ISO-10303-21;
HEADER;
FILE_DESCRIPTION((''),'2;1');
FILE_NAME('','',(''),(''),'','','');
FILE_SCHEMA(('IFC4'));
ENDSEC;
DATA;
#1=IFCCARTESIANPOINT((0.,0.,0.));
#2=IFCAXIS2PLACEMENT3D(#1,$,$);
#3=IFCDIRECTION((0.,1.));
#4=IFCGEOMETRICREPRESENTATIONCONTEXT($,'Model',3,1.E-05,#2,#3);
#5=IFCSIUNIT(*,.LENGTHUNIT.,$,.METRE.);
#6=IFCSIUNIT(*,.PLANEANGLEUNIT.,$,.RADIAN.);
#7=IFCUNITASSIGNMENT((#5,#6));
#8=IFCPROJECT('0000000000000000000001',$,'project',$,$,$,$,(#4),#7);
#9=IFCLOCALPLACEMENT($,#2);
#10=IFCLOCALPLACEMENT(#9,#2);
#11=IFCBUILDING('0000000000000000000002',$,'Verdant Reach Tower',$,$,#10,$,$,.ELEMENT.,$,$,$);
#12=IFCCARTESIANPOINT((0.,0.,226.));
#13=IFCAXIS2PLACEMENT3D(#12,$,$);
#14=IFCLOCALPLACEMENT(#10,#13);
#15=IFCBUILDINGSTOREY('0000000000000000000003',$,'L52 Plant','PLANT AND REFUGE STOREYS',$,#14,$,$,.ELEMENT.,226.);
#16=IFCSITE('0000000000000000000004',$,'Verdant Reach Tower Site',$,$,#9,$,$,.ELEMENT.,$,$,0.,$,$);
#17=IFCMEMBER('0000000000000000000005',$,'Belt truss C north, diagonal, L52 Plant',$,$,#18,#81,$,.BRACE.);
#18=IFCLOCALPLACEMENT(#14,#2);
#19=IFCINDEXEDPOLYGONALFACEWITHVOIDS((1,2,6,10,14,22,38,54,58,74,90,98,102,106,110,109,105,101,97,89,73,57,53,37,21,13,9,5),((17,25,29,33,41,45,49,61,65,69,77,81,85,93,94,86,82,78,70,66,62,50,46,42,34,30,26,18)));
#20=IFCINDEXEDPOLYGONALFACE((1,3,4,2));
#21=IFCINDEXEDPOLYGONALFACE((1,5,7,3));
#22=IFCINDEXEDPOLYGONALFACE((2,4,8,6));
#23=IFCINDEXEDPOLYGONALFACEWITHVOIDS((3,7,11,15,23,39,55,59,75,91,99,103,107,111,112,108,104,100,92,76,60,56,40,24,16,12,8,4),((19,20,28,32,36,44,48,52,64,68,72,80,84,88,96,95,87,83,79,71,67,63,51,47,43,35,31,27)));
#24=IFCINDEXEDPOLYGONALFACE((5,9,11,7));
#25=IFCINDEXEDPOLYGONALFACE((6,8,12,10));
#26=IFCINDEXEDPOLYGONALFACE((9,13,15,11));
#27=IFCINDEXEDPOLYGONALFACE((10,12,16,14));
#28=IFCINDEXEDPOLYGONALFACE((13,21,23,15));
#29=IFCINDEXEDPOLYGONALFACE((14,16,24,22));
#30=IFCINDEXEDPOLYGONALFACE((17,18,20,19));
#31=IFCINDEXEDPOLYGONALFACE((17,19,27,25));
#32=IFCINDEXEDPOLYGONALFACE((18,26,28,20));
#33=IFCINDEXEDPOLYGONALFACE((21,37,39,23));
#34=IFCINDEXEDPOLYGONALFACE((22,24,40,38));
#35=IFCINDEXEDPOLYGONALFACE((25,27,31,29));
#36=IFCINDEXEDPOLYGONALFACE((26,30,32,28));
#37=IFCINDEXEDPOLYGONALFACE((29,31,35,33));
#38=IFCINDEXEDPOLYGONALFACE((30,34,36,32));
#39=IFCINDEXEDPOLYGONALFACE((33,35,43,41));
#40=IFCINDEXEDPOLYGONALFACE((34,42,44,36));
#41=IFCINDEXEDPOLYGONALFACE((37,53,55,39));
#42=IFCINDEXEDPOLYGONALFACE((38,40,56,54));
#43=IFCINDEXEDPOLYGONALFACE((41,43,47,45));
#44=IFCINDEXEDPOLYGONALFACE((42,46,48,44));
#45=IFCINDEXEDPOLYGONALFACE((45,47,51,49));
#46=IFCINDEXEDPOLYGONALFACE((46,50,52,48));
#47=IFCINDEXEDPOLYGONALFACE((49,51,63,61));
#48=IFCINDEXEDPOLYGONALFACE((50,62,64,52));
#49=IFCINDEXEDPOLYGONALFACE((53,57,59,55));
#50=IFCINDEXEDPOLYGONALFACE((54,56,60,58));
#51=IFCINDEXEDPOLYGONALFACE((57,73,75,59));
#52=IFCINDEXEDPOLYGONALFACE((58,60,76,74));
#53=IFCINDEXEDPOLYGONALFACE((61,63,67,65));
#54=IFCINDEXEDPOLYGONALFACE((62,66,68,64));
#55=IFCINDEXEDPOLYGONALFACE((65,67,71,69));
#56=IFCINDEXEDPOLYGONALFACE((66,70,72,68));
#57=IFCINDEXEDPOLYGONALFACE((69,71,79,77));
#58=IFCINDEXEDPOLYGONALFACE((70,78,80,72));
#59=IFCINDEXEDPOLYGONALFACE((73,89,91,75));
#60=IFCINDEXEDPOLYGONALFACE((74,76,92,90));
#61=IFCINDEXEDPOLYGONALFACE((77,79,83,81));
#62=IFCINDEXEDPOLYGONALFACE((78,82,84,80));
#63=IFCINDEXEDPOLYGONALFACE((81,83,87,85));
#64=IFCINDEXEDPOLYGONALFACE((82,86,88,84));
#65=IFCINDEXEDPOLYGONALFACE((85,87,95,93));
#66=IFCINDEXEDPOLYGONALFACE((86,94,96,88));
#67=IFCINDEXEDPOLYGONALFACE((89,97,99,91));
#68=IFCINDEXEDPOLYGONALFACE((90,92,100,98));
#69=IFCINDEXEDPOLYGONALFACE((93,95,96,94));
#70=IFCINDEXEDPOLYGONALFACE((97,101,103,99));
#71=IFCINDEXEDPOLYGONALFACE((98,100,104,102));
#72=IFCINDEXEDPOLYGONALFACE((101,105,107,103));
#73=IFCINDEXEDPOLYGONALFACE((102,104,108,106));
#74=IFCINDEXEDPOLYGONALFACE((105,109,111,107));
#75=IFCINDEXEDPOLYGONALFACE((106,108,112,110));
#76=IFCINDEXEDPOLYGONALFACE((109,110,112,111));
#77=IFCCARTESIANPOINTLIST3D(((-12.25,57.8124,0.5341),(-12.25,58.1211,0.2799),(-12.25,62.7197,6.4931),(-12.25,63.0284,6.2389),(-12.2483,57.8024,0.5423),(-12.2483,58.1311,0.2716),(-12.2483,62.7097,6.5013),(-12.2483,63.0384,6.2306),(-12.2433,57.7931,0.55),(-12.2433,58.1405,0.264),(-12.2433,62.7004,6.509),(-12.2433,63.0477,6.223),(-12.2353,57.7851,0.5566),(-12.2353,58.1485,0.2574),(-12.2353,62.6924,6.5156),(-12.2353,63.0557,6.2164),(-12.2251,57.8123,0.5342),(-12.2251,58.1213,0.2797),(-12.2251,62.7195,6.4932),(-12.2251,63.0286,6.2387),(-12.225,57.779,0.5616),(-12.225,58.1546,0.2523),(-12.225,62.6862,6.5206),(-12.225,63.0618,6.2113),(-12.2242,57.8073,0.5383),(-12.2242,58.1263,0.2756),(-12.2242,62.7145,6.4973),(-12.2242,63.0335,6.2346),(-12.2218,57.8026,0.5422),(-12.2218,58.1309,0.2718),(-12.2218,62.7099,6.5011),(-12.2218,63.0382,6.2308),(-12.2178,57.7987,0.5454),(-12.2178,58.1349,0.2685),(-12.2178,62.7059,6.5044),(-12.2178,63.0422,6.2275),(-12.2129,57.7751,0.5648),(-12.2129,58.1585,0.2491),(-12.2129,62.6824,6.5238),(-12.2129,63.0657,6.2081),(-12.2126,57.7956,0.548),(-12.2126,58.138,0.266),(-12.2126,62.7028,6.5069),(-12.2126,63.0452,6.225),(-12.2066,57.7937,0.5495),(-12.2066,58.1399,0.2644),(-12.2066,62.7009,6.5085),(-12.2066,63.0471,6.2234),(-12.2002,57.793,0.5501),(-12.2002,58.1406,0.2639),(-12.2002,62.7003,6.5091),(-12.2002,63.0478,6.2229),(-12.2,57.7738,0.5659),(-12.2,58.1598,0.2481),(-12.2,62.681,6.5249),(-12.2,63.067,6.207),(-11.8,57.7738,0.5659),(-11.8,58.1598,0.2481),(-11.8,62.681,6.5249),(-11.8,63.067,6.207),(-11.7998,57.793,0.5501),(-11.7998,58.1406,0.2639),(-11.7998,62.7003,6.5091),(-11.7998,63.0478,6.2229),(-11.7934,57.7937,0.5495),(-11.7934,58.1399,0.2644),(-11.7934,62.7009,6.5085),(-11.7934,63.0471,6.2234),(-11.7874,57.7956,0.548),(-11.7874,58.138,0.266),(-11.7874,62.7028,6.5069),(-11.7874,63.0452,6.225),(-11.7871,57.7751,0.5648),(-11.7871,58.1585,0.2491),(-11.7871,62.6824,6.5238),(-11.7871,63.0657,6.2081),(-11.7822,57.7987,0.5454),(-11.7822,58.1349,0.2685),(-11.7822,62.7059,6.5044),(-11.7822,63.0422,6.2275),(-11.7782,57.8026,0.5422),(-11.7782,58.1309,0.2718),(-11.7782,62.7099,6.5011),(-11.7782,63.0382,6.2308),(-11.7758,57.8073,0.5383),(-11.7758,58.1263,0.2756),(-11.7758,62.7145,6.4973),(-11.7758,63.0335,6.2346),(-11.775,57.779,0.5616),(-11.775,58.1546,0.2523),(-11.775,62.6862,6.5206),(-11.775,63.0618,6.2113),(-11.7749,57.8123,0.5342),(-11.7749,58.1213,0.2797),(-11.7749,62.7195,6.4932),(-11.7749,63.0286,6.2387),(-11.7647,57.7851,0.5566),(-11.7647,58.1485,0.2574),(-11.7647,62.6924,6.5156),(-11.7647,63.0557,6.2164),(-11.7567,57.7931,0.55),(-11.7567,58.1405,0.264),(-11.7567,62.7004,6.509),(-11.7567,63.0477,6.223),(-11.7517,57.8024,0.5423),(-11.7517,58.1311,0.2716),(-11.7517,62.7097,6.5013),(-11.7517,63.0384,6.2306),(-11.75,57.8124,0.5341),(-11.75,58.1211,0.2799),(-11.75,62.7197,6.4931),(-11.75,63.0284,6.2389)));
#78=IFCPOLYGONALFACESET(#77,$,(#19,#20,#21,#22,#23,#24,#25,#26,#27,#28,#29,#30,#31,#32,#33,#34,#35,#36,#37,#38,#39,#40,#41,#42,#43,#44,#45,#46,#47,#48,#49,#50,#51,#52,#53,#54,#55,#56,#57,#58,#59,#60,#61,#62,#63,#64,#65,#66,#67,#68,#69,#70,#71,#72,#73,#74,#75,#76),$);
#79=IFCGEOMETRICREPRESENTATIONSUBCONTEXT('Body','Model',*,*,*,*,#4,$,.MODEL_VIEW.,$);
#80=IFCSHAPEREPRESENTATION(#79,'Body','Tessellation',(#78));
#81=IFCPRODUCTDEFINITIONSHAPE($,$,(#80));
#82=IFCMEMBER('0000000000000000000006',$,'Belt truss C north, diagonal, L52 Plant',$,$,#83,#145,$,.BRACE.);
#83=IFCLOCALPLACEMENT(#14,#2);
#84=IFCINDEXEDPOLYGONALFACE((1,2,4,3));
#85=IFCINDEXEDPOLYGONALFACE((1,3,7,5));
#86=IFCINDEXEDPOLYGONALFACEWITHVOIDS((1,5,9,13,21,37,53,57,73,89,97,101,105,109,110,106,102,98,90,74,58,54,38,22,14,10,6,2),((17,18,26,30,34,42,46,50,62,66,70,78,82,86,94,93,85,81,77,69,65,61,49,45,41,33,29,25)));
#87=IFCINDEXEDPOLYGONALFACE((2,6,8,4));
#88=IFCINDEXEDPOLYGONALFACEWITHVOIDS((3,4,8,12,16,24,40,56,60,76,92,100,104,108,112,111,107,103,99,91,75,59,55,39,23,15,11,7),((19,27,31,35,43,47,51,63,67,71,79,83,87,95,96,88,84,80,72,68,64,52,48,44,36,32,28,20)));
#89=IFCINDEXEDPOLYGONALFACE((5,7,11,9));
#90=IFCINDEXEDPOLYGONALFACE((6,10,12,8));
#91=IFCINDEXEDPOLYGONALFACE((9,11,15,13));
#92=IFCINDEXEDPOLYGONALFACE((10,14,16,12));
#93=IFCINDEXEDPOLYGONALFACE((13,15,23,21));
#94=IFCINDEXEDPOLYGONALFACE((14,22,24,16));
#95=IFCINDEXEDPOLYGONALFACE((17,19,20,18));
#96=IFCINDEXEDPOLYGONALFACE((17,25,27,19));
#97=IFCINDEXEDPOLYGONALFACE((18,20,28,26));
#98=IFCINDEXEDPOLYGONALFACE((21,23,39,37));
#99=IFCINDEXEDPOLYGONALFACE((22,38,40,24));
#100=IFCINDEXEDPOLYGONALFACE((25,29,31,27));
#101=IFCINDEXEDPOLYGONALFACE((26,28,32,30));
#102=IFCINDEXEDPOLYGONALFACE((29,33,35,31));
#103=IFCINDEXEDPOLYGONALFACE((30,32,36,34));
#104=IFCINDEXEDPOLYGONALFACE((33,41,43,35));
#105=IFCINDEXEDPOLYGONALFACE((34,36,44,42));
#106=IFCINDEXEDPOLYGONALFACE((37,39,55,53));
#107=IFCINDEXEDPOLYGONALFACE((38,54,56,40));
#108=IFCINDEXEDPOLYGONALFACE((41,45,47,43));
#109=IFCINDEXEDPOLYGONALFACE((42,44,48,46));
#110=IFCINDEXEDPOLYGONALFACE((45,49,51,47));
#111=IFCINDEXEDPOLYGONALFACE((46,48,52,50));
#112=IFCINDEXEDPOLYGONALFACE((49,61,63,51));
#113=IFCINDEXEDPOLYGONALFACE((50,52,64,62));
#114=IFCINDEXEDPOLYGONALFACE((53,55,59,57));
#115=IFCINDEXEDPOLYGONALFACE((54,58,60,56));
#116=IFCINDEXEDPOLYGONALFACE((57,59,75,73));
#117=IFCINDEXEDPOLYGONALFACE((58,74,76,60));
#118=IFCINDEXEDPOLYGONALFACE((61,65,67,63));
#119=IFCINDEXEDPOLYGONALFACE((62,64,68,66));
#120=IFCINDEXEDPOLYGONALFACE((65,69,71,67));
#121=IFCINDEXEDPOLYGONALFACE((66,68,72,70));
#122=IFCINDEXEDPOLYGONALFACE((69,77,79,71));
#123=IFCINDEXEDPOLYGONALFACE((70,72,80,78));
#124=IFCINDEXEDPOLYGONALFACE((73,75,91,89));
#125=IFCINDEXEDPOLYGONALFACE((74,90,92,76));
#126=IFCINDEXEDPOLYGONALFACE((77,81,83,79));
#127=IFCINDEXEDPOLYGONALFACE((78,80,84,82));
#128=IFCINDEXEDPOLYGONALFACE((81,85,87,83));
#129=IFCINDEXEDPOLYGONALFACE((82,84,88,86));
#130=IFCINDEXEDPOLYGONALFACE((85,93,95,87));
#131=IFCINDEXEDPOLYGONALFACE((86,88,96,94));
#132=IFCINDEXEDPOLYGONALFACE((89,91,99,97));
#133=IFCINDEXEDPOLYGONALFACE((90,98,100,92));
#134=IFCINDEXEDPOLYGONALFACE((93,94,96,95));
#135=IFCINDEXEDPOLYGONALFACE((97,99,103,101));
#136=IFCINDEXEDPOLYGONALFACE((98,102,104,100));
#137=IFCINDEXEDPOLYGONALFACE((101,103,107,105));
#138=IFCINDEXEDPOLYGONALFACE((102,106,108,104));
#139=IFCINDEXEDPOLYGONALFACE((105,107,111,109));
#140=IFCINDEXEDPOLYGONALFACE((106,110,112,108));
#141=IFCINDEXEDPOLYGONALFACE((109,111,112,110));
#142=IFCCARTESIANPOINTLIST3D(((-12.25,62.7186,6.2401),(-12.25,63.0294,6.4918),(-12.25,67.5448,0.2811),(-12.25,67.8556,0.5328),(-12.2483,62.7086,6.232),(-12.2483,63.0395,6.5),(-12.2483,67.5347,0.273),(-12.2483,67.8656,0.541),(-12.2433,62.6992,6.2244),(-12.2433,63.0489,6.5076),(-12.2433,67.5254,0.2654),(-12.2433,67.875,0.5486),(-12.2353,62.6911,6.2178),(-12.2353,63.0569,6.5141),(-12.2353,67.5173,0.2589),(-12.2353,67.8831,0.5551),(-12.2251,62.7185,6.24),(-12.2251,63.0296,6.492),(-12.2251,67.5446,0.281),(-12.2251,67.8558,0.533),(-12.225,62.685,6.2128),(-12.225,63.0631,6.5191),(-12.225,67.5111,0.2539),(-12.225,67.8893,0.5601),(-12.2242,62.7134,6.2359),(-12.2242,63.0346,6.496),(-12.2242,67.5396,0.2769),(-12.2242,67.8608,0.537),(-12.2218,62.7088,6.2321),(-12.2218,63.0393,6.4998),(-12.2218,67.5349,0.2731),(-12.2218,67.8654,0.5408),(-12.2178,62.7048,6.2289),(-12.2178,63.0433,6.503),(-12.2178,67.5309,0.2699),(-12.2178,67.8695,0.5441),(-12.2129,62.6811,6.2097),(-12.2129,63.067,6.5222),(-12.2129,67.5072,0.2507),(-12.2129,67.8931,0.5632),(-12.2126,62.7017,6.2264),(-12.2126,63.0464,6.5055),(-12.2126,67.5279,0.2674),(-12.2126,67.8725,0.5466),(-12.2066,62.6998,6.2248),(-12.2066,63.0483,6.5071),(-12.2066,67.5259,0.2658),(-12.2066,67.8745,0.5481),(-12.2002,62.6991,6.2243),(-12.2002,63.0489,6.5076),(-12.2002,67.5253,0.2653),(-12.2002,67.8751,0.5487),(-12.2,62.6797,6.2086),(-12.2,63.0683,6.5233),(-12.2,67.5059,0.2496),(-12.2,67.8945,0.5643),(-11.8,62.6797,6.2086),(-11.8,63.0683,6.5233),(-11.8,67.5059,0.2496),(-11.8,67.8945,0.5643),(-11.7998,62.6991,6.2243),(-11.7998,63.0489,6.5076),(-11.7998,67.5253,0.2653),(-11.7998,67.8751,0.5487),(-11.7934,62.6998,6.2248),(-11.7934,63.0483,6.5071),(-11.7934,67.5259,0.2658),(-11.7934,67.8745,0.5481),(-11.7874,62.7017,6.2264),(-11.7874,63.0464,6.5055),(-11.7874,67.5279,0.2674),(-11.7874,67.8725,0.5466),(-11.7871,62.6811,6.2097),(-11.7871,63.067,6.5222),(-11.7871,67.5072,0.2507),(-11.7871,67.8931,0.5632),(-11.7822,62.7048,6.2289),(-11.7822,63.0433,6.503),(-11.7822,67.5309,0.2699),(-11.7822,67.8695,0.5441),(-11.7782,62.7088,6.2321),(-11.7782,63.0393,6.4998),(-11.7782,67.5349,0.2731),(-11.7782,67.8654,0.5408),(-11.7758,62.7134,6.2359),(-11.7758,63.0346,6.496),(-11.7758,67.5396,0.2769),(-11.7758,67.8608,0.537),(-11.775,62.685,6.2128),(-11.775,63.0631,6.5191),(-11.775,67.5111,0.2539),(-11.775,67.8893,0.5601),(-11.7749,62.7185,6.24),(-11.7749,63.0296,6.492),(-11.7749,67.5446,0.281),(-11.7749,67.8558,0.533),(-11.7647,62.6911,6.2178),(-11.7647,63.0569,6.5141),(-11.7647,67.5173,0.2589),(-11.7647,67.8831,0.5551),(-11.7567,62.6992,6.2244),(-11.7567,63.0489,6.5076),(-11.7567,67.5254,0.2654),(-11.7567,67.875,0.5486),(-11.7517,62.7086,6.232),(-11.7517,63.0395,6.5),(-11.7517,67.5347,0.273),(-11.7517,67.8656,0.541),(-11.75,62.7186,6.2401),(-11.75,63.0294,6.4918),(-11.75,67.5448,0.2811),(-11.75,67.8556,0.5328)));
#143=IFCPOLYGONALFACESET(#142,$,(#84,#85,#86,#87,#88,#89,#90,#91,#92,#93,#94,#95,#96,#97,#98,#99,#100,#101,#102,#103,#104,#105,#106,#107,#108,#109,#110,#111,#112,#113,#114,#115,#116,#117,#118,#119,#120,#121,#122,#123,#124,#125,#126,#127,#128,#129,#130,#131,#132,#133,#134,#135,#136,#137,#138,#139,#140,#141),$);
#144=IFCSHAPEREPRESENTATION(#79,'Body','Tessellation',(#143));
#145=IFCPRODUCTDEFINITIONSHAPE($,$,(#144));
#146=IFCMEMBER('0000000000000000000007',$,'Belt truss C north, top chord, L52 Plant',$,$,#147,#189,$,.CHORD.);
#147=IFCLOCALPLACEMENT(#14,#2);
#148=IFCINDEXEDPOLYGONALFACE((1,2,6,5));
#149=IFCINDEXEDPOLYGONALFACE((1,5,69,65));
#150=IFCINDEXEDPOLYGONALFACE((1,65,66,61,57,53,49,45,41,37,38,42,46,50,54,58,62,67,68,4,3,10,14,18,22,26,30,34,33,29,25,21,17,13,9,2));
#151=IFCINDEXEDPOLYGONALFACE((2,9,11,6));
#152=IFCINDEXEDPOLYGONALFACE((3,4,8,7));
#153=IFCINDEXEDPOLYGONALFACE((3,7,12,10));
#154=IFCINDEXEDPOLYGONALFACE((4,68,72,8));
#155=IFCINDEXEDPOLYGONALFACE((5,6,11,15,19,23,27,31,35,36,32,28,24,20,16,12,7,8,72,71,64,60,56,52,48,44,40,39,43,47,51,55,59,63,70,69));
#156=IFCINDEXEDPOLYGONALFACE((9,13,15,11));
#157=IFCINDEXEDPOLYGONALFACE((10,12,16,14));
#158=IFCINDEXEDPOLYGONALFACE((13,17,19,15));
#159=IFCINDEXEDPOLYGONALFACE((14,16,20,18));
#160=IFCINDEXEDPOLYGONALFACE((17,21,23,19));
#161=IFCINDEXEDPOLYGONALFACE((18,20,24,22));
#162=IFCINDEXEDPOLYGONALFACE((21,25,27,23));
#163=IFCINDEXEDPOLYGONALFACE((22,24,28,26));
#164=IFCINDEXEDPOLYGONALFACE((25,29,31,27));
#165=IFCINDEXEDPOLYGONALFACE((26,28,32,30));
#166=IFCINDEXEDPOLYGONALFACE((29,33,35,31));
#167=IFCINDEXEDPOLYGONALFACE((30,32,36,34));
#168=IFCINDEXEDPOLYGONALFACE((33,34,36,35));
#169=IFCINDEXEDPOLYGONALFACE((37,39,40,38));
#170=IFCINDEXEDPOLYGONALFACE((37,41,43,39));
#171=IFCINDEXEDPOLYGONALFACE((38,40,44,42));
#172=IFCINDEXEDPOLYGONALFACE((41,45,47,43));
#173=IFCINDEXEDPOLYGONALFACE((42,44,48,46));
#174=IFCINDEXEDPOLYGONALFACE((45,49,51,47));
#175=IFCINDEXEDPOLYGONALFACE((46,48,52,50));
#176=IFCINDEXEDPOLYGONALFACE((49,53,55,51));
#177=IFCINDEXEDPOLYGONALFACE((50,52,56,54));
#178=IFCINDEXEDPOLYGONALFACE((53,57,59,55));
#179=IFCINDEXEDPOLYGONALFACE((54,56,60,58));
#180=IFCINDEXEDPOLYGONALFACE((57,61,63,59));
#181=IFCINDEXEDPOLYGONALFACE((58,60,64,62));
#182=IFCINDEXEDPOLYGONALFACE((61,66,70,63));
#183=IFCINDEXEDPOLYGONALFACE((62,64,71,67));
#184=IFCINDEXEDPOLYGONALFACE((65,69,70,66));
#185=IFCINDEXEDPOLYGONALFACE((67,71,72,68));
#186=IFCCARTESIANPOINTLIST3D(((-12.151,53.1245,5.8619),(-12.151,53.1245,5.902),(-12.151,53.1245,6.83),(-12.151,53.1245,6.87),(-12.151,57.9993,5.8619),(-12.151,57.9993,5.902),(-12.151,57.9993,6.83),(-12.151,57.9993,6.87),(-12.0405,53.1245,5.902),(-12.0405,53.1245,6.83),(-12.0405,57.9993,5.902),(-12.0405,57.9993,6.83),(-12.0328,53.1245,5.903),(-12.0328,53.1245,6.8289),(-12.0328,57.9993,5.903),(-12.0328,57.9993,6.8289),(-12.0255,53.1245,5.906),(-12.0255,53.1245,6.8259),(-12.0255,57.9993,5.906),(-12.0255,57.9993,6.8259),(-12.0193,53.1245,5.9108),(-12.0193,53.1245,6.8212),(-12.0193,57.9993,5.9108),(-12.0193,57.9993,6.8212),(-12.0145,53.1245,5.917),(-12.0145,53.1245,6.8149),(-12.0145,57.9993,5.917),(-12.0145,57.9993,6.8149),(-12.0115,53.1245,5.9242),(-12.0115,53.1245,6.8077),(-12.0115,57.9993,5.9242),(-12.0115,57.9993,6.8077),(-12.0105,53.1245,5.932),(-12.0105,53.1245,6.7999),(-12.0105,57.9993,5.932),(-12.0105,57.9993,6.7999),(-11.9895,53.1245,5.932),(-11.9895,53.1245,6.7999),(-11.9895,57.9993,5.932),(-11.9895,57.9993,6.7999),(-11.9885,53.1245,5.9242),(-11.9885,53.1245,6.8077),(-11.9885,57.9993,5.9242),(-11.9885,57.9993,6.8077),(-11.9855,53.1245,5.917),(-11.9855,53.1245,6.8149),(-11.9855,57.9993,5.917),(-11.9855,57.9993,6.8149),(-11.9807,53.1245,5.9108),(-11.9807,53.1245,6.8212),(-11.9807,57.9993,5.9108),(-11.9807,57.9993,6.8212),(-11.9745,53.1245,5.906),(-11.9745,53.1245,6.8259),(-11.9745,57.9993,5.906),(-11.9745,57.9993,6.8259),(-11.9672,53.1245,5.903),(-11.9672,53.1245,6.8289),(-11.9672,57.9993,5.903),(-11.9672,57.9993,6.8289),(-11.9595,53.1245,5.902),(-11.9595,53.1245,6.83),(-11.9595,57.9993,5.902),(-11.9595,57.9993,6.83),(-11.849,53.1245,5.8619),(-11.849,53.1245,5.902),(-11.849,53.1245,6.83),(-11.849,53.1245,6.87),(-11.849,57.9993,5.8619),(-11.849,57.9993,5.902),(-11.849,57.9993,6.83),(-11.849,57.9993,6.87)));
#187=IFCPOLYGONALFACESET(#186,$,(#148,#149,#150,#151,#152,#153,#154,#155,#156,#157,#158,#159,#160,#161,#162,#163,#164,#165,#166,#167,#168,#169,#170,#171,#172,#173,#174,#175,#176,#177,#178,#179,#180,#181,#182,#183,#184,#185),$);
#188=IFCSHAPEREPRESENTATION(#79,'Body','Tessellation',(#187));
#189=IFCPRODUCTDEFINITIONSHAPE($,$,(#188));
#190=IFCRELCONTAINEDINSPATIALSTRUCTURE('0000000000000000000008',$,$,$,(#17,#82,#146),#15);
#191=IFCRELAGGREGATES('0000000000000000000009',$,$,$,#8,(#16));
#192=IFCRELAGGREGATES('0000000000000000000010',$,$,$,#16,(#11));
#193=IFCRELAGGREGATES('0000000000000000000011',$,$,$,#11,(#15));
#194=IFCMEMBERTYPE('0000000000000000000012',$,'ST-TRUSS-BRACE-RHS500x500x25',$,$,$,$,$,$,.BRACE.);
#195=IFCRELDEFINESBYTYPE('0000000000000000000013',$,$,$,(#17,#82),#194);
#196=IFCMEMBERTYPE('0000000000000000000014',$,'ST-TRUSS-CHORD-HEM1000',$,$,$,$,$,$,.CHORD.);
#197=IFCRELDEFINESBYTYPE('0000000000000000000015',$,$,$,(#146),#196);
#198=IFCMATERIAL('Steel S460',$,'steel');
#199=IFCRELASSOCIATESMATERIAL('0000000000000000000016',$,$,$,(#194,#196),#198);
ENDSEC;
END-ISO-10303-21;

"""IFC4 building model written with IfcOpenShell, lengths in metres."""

from ifc_helpers import new_model, si_unit, direction, frame, origin, origin_2d, place, context, subcontext, project, spatial, hollow_rectangle, i_section, extrude, material, material_profile, profile_set, type_object, element, save


model = new_model("IFC4")

# Units and contexts
model_context = context("Model", 3, precision=1e-05, world=origin(), true_north=direction((0.0, 1.0)))
body_context = subcontext(model_context, "Body", "Model", "MODEL_VIEW")
ifc_project = project(units=[si_unit("LENGTHUNIT", "METRE"), si_unit("PLANEANGLEUNIT", "RADIAN")], contexts=[model_context])

# Site, building, storey
site_placement = place(None, origin())
site = spatial("IfcSite", under=ifc_project, at=site_placement, Name="Verdant Reach Tower Site", CompositionType="ELEMENT", RefElevation=0.0)
building_placement = place(site_placement, origin())
building = spatial("IfcBuilding", under=site, at=building_placement, Name="Verdant Reach Tower", CompositionType="ELEMENT")
storey_placement = place(building_placement, frame((0.0, 0.0, 226.0)))
storey = spatial("IfcBuildingStorey", under=building, at=storey_placement, Name="L52 Plant", Description="PLANT AND REFUGE STOREYS", CompositionType="ELEMENT", Elevation=226.0)

# Shared definitions
ifc_material_1 = material(Name="Steel S460", Category="steel")

# Members
ifc_material_profile_1 = material_profile(ifc_material_1, hollow_rectangle(XDim=0.5, YDim=0.5, WallThickness=0.0249, InnerFilletRadius=0.0249, OuterFilletRadius=0.05, at=origin_2d()), Name="RHS 500x500x25")
ifc_profile_set_1 = profile_set([ifc_material_profile_1], Name="Steel S460")
member_type_1 = type_object("IfcMemberType", Name="ST-TRUSS-BRACE-RHS500x500x25", PredefinedType="BRACE", material=ifc_profile_set_1)
member_1_placement = place(storey_placement, frame((-12.0, 57.9668, 0.407), z_axis=(0.0, 0.635694, 0.771941), x_axis=(-1.0, 0.0, 0.0)))
element("IfcMember", 1, at=member_1_placement, inside=storey, type_object=member_type_1, Name="Belt truss C north, diagonal, L52 Plant", PredefinedType="BRACE", context=body_context, shape_type="SweptSolid", body=[
    extrude(hollow_rectangle(XDim=0.5, YDim=0.5, WallThickness=0.0249, InnerFilletRadius=0.0249, OuterFilletRadius=0.05, at=origin_2d()), origin(), (0.0, 0.0, 1.0), 7.7195),
])
member_2_placement = place(storey_placement, frame((-12.0, 62.874, 6.366), z_axis=(0.0, 0.629374, -0.777102), x_axis=(-1.0, 0.0, 0.0)))
element("IfcMember", 2, at=member_2_placement, inside=storey, type_object=member_type_1, Name="Belt truss C north, diagonal, L52 Plant", PredefinedType="BRACE", context=body_context, shape_type="SweptSolid", body=[
    extrude(hollow_rectangle(XDim=0.5, YDim=0.5, WallThickness=0.0249, InnerFilletRadius=0.0249, OuterFilletRadius=0.05, at=origin_2d()), origin(), (0.0, 0.0, 1.0), 7.6682),
])
ifc_material_profile_2 = material_profile(ifc_material_1, i_section(OverallWidth=0.302, OverallDepth=1.0081, WebThickness=0.021, FlangeThickness=0.04, FilletRadius=0.03, at=origin_2d()), Name="HEM 1000")
ifc_profile_set_2 = profile_set([ifc_material_profile_2], Name="Steel S460")
member_type_2 = type_object("IfcMemberType", Name="ST-TRUSS-CHORD-HEM1000", PredefinedType="CHORD", material=ifc_profile_set_2)
for number, where, z_axis, x_axis, name in (
    (3, (-12.0, 53.1245, 6.366), (0.0, 1.0, 0.0), (-1.0, 0.0, 0.0), "Belt truss C north, top chord, L52 Plant"),
):
    element("IfcMember", number, at=place(storey_placement, frame(where, z_axis=z_axis, x_axis=x_axis)), inside=storey, type_object=member_type_2, Name=name, PredefinedType="CHORD", context=body_context, shape_type="SweptSolid", body=[
        extrude(i_section(OverallWidth=0.302, OverallDepth=1.0081, WebThickness=0.021, FlangeThickness=0.04, FilletRadius=0.03, at=origin_2d()), origin(), (0.0, 0.0, 1.0), 4.8748),
    ])

save(model, "model.ifc")
